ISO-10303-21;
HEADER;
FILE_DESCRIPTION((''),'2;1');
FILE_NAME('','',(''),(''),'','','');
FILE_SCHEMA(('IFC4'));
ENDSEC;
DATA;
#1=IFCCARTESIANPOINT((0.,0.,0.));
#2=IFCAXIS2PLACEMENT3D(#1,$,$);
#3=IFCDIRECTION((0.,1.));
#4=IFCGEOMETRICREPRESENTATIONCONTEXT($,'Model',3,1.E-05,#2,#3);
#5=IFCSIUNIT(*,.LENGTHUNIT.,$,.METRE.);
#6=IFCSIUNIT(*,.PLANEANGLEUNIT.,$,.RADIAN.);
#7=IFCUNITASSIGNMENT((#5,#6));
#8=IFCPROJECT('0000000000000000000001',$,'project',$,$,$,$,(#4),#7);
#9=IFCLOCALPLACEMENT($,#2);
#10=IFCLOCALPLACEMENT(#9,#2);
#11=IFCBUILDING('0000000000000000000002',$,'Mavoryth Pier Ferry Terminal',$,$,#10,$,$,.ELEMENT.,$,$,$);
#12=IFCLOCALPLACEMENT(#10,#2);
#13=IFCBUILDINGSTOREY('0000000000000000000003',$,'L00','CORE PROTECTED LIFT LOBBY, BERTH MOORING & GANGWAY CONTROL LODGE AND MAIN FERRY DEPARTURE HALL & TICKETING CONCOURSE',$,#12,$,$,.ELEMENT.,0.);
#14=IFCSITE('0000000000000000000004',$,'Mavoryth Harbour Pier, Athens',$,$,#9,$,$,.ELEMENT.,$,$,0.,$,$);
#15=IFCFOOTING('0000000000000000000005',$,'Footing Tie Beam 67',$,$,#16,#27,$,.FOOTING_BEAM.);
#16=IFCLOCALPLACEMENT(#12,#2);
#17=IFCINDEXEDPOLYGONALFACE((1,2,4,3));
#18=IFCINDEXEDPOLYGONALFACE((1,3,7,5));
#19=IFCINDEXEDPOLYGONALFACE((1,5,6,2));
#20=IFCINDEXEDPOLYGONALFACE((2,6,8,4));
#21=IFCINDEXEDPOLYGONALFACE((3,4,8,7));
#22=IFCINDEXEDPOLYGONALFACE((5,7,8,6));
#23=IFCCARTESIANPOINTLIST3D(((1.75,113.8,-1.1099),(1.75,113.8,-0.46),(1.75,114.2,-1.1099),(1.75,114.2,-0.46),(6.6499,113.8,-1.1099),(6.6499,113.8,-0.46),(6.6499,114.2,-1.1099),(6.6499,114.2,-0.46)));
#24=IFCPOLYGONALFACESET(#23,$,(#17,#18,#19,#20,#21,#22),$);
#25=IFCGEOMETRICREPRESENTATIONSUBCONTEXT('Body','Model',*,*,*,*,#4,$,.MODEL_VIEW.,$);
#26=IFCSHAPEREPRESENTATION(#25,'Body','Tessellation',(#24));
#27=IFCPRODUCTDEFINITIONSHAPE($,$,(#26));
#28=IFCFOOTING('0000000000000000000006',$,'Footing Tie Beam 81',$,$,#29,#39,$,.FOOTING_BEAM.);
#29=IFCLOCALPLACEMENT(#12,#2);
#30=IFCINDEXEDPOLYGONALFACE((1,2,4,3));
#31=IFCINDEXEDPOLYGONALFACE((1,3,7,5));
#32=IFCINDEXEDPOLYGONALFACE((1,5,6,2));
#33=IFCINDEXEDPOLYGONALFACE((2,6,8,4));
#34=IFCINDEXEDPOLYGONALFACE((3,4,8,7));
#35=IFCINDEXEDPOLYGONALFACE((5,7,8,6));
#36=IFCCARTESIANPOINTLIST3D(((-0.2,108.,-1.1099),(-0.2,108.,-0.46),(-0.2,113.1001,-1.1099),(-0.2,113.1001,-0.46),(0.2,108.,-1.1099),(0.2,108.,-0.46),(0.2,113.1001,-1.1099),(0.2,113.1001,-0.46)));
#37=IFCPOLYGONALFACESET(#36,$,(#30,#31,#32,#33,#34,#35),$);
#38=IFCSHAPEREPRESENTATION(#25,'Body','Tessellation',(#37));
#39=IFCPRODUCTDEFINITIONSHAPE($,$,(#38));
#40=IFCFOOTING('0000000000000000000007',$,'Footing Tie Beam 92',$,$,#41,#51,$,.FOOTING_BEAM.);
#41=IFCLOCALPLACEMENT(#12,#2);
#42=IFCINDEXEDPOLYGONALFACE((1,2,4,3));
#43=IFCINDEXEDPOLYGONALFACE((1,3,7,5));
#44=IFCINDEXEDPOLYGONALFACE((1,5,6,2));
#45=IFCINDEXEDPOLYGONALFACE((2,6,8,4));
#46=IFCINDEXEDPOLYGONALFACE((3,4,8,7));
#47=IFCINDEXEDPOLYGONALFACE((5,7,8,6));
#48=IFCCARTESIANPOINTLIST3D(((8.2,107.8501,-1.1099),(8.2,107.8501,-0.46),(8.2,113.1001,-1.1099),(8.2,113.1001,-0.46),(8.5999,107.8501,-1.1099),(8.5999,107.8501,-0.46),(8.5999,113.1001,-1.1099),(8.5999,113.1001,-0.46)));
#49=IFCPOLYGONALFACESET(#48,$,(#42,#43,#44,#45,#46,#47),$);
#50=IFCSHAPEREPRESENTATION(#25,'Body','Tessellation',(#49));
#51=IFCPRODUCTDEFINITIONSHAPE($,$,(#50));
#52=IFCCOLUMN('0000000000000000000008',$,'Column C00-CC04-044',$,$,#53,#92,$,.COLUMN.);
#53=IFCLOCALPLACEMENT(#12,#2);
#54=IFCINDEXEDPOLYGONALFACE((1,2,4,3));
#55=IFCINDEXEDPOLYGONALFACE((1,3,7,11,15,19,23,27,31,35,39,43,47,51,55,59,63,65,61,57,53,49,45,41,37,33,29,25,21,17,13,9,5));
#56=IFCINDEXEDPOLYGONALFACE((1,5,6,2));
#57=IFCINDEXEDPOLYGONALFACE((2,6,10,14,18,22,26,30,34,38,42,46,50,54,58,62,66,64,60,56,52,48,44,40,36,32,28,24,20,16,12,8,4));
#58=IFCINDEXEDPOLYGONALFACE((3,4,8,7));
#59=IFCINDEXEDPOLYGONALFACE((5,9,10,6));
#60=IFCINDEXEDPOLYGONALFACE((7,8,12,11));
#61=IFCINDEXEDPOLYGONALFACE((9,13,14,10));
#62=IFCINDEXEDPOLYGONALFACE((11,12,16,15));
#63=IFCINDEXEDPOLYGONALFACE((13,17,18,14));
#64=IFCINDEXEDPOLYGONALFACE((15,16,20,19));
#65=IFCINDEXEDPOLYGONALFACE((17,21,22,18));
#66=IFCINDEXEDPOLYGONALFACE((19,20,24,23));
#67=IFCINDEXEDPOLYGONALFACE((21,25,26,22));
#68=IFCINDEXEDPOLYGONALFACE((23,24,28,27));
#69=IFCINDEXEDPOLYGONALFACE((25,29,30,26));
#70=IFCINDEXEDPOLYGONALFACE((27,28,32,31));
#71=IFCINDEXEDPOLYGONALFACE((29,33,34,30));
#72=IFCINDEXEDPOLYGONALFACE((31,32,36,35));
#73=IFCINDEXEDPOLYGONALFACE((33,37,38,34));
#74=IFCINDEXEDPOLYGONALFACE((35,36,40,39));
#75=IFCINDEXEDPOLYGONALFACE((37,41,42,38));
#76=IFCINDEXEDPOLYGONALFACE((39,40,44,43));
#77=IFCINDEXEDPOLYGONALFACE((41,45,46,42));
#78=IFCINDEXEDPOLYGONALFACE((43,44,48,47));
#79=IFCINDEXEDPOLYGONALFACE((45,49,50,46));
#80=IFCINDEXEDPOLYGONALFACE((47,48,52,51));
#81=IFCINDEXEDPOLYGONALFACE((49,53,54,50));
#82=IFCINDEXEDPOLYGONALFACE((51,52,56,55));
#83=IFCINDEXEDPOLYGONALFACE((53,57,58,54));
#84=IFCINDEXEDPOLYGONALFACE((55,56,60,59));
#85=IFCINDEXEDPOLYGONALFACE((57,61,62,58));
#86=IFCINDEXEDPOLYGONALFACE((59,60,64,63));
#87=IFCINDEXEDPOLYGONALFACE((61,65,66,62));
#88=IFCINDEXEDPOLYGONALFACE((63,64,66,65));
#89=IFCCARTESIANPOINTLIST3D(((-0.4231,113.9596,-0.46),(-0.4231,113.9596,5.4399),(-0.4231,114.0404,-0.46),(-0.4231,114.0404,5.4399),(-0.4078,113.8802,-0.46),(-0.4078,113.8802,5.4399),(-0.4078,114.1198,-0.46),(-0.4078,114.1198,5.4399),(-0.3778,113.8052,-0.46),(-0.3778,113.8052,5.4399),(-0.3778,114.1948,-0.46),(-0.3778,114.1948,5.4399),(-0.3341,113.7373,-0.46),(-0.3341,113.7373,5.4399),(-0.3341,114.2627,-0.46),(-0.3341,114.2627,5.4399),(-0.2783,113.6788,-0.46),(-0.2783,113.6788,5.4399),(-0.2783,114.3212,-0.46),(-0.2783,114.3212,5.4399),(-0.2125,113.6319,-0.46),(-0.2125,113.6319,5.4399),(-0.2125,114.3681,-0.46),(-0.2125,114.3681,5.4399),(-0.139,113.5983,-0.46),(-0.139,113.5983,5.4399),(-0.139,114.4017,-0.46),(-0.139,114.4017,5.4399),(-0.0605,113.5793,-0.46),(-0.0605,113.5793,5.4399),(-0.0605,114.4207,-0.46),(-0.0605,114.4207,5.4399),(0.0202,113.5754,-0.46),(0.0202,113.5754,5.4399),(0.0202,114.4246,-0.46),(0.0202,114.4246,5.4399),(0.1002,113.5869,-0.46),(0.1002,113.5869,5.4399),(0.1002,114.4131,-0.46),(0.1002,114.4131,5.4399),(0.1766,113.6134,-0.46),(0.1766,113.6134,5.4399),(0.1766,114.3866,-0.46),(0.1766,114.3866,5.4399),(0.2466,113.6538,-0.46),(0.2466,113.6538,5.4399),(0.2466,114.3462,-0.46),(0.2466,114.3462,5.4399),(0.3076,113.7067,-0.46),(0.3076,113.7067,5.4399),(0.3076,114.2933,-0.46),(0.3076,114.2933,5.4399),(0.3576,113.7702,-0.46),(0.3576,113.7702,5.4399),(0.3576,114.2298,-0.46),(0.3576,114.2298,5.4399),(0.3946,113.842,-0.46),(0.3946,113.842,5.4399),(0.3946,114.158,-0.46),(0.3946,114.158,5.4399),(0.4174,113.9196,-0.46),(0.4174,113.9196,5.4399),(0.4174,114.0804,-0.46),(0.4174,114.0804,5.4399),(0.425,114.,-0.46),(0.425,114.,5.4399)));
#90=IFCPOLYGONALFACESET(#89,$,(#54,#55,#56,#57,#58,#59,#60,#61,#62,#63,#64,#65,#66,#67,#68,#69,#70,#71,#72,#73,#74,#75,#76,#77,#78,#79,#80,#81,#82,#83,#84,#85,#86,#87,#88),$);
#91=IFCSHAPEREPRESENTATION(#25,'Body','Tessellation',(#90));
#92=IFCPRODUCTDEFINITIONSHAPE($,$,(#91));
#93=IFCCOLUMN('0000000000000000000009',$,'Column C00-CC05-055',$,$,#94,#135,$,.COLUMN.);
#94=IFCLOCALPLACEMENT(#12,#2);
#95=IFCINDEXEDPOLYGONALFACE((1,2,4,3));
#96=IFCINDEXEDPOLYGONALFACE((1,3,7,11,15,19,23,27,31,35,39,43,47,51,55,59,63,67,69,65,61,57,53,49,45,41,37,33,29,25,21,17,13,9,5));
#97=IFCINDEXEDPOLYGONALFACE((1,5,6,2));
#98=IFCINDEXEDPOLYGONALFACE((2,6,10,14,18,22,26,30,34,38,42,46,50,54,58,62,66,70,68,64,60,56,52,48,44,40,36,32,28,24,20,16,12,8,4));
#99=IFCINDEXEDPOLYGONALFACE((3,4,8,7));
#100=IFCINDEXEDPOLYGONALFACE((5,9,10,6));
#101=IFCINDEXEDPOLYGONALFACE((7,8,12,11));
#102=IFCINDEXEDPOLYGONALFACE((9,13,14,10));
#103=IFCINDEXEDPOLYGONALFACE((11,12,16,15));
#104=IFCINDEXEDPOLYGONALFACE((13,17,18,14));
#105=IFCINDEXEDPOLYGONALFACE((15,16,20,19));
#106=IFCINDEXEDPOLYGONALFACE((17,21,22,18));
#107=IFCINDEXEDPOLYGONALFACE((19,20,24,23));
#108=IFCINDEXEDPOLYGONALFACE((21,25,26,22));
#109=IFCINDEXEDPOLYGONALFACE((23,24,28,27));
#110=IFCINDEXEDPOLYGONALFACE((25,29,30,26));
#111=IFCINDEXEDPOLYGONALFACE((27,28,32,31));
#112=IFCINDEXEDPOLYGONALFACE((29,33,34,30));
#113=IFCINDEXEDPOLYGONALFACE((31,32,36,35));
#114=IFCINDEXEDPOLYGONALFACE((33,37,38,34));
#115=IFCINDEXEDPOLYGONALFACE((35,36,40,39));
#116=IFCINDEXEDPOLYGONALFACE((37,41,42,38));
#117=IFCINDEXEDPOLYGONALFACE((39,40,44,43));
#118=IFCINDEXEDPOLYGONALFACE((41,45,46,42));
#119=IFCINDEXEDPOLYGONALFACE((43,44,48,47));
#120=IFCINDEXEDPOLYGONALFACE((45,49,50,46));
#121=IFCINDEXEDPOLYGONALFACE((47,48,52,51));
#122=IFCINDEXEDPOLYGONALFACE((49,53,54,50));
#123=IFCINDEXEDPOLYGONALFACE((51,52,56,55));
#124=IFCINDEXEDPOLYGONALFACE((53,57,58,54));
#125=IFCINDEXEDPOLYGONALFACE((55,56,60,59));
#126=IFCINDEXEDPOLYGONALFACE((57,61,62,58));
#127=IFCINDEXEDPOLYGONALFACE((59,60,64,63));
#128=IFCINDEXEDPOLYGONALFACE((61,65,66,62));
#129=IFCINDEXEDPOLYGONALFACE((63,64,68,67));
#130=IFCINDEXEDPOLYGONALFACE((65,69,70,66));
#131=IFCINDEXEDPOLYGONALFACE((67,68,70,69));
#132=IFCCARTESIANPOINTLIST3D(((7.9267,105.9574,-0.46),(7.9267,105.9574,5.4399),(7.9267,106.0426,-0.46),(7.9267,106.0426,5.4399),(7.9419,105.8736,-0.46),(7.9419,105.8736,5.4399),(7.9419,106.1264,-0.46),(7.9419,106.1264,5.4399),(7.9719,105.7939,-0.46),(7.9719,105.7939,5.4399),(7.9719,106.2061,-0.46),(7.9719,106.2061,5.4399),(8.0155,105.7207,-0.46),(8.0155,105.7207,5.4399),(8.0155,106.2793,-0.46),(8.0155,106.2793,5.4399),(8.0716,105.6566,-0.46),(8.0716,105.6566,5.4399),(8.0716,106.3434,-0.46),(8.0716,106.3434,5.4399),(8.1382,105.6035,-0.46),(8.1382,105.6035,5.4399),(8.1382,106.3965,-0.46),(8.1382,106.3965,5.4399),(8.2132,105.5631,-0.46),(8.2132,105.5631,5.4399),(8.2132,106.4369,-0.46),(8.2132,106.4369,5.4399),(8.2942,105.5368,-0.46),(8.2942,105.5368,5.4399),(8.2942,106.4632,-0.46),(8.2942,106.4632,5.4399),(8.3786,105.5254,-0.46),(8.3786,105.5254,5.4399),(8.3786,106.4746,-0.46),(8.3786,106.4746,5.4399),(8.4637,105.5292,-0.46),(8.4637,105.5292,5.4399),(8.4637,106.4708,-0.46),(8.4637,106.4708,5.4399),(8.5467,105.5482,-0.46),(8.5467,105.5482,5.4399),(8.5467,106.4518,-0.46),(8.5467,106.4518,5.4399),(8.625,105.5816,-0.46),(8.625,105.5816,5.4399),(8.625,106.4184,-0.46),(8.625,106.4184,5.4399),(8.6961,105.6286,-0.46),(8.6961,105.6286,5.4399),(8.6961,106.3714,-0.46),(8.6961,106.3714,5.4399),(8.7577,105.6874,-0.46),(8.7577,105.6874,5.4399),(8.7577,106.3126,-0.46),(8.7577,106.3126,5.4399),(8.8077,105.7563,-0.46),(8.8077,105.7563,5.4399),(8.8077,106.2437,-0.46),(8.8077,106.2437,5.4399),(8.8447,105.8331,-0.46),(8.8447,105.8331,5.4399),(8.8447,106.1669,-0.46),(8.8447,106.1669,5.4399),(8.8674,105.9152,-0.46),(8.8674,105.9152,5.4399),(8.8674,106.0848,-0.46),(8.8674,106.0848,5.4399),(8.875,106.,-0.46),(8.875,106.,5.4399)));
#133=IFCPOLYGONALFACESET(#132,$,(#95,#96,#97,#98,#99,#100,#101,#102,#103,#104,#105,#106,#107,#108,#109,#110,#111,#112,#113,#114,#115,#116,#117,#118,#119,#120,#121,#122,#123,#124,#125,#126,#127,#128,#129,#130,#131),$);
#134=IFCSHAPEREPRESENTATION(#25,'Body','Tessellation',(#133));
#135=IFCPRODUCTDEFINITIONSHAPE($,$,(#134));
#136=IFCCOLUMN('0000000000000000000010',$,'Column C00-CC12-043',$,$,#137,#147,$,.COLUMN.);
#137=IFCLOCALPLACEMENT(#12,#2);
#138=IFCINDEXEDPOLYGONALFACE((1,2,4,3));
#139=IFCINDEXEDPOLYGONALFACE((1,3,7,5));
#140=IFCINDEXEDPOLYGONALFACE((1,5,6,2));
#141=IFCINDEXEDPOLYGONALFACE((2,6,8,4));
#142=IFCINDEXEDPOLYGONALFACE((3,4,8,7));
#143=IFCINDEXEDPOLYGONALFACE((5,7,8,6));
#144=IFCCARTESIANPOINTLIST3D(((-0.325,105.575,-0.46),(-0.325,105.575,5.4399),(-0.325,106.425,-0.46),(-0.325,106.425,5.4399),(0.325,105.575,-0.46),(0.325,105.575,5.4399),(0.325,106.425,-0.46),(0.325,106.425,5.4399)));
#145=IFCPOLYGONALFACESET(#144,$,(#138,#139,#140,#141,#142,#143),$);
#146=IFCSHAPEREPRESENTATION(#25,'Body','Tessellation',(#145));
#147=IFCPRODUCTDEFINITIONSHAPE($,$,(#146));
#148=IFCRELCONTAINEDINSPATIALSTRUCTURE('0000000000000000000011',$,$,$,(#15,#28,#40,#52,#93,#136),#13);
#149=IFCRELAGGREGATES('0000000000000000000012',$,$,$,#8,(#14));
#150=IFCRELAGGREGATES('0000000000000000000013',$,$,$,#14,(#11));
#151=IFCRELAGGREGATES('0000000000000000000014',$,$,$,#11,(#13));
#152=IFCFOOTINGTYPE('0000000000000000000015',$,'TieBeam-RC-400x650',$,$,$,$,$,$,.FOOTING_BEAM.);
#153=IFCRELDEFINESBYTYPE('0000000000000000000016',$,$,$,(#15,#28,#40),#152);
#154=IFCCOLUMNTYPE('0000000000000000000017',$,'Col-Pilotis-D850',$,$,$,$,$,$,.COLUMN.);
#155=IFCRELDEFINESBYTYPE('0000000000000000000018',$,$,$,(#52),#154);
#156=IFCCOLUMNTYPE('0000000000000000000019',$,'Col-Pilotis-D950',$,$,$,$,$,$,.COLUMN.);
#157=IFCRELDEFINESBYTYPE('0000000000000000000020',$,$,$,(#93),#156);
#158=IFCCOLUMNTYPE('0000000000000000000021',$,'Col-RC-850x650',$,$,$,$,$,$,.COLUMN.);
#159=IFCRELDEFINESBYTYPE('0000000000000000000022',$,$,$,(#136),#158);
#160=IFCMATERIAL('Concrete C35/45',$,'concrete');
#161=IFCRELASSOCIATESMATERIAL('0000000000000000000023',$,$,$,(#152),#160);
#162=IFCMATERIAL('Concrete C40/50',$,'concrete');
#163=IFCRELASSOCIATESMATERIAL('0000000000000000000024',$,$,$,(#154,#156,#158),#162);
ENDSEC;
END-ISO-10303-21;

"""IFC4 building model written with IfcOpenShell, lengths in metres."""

from ifc_helpers import new_model, si_unit, direction, frame, origin, origin_2d, place, context, subcontext, project, spatial, rectangle, circle, extrude, material, material_profile, profile_set, type_object, element, save


model = new_model("IFC4")

# Units and contexts
model_context = context("Model", 3, precision=1e-05, world=origin(), true_north=direction((0.0, 1.0)))
body_context = subcontext(model_context, "Body", "Model", "MODEL_VIEW")
ifc_project = project(units=[si_unit("LENGTHUNIT", "METRE"), si_unit("PLANEANGLEUNIT", "RADIAN")], contexts=[model_context])

# Site, building, storey
site_placement = place(None, origin())
site = spatial("IfcSite", under=ifc_project, at=site_placement, Name="Mavoryth Harbour Pier, Athens", CompositionType="ELEMENT", RefElevation=0.0)
building_placement = place(site_placement, origin())
building = spatial("IfcBuilding", under=site, at=building_placement, Name="Mavoryth Pier Ferry Terminal", CompositionType="ELEMENT")
storey_placement = place(building_placement, origin())
storey = spatial("IfcBuildingStorey", under=building, at=storey_placement, Name="L00", Description="CORE PROTECTED LIFT LOBBY, BERTH MOORING & GANGWAY CONTROL LODGE AND MAIN FERRY DEPARTURE HALL & TICKETING CONCOURSE", CompositionType="ELEMENT", Elevation=0.0)

# Shared definitions
ifc_material_1 = material(Name="Concrete C35/45", Category="concrete")

# Footings
ifc_material_profile_1 = material_profile(ifc_material_1, rectangle(XDim=0.3999, YDim=0.6499, at=origin_2d()), Name="RC 400x650", Category="concrete")
ifc_profile_set_1 = profile_set([ifc_material_profile_1], Name="Concrete C35/45 - RC 400x650")
footing_type_1 = type_object("IfcFootingType", Name="TieBeam-RC-400x650", PredefinedType="FOOTING_BEAM", material=ifc_profile_set_1)
footing_1_placement = place(storey_placement, frame((1.75, 114.0, -0.7849), z_axis=(1.0, 0.0, 0.0), x_axis=(0.0, 1.0, 0.0)))
element("IfcFooting", 1, at=footing_1_placement, inside=storey, type_object=footing_type_1, Name="Footing Tie Beam 67", PredefinedType="FOOTING_BEAM", context=body_context, shape_type="SweptSolid", body=[
    extrude(rectangle(XDim=0.3999, YDim=0.6499, at=origin_2d()), origin(), (0.0, 0.0, 1.0), 4.8999),
])
footing_2_placement = place(storey_placement, frame((0.0, 108.0, -0.7849), z_axis=(0.0, 1.0, 0.0), x_axis=(-1.0, 0.0, 0.0)))
element("IfcFooting", 2, at=footing_2_placement, inside=storey, type_object=footing_type_1, Name="Footing Tie Beam 81", PredefinedType="FOOTING_BEAM", context=body_context, shape_type="SweptSolid", body=[
    extrude(rectangle(XDim=0.3999, YDim=0.6499, at=origin_2d()), origin(), (0.0, 0.0, 1.0), 5.1001),
])
footing_3_placement = place(storey_placement, frame((8.3999, 107.8501, -0.7849), z_axis=(0.0, 1.0, 0.0), x_axis=(-1.0, 0.0, 0.0)))
element("IfcFooting", 3, at=footing_3_placement, inside=storey, type_object=footing_type_1, Name="Footing Tie Beam 92", PredefinedType="FOOTING_BEAM", context=body_context, shape_type="SweptSolid", body=[
    extrude(rectangle(XDim=0.3999, YDim=0.6499, at=origin_2d()), origin(), (0.0, 0.0, 1.0), 5.25),
])

# Columns
ifc_material_2 = material(Name="Concrete C40/50", Category="concrete")
ifc_material_profile_2 = material_profile(ifc_material_2, circle(Radius=0.425, at=origin_2d()), Name="RC D850", Category="concrete")
ifc_profile_set_2 = profile_set([ifc_material_profile_2], Name="Concrete C40/50 - RC D850")
column_type_1 = type_object("IfcColumnType", Name="Col-Pilotis-D850", PredefinedType="COLUMN", material=ifc_profile_set_2)
column_1_placement = place(storey_placement, frame((0.0, 114.0, -0.46), z_axis=(0.0, 0.0, 1.0), x_axis=(1.0, 0.0, 0.0)))
element("IfcColumn", 4, at=column_1_placement, inside=storey, type_object=column_type_1, Name="Column C00-CC04-044", PredefinedType="COLUMN", context=body_context, shape_type="SweptSolid", body=[
    extrude(circle(Radius=0.425, at=origin_2d()), origin(), (0.0, 0.0, 1.0), 5.8999),
])
ifc_material_profile_3 = material_profile(ifc_material_2, circle(Radius=0.4751, at=origin_2d()), Name="RC D950", Category="concrete")
ifc_profile_set_3 = profile_set([ifc_material_profile_3], Name="Concrete C40/50 - RC D950")
column_type_2 = type_object("IfcColumnType", Name="Col-Pilotis-D950", PredefinedType="COLUMN", material=ifc_profile_set_3)
column_2_placement = place(storey_placement, frame((8.3999, 106.0, -0.46), z_axis=(0.0, 0.0, 1.0), x_axis=(1.0, 0.0, 0.0)))
element("IfcColumn", 5, at=column_2_placement, inside=storey, type_object=column_type_2, Name="Column C00-CC05-055", PredefinedType="COLUMN", context=body_context, shape_type="SweptSolid", body=[
    extrude(circle(Radius=0.4751, at=origin_2d()), origin(), (0.0, 0.0, 1.0), 5.8999),
])
ifc_material_profile_4 = material_profile(ifc_material_2, rectangle(XDim=0.6499, YDim=0.8501, at=origin_2d()), Name="RC 850x650", Category="concrete")
ifc_profile_set_4 = profile_set([ifc_material_profile_4], Name="Concrete C40/50 - RC 850x650")
column_type_3 = type_object("IfcColumnType", Name="Col-RC-850x650", PredefinedType="COLUMN", material=ifc_profile_set_4)
column_3_placement = place(storey_placement, frame((0.0, 106.0, -0.46), z_axis=(0.0, 0.0, 1.0), x_axis=(1.0, 0.0, 0.0)))
element("IfcColumn", 6, at=column_3_placement, inside=storey, type_object=column_type_3, Name="Column C00-CC12-043", PredefinedType="COLUMN", context=body_context, shape_type="SweptSolid", body=[
    extrude(rectangle(XDim=0.6499, YDim=0.8501, at=origin_2d()), origin(), (0.0, 0.0, 1.0), 5.8999),
])

save(model, "model.ifc")
